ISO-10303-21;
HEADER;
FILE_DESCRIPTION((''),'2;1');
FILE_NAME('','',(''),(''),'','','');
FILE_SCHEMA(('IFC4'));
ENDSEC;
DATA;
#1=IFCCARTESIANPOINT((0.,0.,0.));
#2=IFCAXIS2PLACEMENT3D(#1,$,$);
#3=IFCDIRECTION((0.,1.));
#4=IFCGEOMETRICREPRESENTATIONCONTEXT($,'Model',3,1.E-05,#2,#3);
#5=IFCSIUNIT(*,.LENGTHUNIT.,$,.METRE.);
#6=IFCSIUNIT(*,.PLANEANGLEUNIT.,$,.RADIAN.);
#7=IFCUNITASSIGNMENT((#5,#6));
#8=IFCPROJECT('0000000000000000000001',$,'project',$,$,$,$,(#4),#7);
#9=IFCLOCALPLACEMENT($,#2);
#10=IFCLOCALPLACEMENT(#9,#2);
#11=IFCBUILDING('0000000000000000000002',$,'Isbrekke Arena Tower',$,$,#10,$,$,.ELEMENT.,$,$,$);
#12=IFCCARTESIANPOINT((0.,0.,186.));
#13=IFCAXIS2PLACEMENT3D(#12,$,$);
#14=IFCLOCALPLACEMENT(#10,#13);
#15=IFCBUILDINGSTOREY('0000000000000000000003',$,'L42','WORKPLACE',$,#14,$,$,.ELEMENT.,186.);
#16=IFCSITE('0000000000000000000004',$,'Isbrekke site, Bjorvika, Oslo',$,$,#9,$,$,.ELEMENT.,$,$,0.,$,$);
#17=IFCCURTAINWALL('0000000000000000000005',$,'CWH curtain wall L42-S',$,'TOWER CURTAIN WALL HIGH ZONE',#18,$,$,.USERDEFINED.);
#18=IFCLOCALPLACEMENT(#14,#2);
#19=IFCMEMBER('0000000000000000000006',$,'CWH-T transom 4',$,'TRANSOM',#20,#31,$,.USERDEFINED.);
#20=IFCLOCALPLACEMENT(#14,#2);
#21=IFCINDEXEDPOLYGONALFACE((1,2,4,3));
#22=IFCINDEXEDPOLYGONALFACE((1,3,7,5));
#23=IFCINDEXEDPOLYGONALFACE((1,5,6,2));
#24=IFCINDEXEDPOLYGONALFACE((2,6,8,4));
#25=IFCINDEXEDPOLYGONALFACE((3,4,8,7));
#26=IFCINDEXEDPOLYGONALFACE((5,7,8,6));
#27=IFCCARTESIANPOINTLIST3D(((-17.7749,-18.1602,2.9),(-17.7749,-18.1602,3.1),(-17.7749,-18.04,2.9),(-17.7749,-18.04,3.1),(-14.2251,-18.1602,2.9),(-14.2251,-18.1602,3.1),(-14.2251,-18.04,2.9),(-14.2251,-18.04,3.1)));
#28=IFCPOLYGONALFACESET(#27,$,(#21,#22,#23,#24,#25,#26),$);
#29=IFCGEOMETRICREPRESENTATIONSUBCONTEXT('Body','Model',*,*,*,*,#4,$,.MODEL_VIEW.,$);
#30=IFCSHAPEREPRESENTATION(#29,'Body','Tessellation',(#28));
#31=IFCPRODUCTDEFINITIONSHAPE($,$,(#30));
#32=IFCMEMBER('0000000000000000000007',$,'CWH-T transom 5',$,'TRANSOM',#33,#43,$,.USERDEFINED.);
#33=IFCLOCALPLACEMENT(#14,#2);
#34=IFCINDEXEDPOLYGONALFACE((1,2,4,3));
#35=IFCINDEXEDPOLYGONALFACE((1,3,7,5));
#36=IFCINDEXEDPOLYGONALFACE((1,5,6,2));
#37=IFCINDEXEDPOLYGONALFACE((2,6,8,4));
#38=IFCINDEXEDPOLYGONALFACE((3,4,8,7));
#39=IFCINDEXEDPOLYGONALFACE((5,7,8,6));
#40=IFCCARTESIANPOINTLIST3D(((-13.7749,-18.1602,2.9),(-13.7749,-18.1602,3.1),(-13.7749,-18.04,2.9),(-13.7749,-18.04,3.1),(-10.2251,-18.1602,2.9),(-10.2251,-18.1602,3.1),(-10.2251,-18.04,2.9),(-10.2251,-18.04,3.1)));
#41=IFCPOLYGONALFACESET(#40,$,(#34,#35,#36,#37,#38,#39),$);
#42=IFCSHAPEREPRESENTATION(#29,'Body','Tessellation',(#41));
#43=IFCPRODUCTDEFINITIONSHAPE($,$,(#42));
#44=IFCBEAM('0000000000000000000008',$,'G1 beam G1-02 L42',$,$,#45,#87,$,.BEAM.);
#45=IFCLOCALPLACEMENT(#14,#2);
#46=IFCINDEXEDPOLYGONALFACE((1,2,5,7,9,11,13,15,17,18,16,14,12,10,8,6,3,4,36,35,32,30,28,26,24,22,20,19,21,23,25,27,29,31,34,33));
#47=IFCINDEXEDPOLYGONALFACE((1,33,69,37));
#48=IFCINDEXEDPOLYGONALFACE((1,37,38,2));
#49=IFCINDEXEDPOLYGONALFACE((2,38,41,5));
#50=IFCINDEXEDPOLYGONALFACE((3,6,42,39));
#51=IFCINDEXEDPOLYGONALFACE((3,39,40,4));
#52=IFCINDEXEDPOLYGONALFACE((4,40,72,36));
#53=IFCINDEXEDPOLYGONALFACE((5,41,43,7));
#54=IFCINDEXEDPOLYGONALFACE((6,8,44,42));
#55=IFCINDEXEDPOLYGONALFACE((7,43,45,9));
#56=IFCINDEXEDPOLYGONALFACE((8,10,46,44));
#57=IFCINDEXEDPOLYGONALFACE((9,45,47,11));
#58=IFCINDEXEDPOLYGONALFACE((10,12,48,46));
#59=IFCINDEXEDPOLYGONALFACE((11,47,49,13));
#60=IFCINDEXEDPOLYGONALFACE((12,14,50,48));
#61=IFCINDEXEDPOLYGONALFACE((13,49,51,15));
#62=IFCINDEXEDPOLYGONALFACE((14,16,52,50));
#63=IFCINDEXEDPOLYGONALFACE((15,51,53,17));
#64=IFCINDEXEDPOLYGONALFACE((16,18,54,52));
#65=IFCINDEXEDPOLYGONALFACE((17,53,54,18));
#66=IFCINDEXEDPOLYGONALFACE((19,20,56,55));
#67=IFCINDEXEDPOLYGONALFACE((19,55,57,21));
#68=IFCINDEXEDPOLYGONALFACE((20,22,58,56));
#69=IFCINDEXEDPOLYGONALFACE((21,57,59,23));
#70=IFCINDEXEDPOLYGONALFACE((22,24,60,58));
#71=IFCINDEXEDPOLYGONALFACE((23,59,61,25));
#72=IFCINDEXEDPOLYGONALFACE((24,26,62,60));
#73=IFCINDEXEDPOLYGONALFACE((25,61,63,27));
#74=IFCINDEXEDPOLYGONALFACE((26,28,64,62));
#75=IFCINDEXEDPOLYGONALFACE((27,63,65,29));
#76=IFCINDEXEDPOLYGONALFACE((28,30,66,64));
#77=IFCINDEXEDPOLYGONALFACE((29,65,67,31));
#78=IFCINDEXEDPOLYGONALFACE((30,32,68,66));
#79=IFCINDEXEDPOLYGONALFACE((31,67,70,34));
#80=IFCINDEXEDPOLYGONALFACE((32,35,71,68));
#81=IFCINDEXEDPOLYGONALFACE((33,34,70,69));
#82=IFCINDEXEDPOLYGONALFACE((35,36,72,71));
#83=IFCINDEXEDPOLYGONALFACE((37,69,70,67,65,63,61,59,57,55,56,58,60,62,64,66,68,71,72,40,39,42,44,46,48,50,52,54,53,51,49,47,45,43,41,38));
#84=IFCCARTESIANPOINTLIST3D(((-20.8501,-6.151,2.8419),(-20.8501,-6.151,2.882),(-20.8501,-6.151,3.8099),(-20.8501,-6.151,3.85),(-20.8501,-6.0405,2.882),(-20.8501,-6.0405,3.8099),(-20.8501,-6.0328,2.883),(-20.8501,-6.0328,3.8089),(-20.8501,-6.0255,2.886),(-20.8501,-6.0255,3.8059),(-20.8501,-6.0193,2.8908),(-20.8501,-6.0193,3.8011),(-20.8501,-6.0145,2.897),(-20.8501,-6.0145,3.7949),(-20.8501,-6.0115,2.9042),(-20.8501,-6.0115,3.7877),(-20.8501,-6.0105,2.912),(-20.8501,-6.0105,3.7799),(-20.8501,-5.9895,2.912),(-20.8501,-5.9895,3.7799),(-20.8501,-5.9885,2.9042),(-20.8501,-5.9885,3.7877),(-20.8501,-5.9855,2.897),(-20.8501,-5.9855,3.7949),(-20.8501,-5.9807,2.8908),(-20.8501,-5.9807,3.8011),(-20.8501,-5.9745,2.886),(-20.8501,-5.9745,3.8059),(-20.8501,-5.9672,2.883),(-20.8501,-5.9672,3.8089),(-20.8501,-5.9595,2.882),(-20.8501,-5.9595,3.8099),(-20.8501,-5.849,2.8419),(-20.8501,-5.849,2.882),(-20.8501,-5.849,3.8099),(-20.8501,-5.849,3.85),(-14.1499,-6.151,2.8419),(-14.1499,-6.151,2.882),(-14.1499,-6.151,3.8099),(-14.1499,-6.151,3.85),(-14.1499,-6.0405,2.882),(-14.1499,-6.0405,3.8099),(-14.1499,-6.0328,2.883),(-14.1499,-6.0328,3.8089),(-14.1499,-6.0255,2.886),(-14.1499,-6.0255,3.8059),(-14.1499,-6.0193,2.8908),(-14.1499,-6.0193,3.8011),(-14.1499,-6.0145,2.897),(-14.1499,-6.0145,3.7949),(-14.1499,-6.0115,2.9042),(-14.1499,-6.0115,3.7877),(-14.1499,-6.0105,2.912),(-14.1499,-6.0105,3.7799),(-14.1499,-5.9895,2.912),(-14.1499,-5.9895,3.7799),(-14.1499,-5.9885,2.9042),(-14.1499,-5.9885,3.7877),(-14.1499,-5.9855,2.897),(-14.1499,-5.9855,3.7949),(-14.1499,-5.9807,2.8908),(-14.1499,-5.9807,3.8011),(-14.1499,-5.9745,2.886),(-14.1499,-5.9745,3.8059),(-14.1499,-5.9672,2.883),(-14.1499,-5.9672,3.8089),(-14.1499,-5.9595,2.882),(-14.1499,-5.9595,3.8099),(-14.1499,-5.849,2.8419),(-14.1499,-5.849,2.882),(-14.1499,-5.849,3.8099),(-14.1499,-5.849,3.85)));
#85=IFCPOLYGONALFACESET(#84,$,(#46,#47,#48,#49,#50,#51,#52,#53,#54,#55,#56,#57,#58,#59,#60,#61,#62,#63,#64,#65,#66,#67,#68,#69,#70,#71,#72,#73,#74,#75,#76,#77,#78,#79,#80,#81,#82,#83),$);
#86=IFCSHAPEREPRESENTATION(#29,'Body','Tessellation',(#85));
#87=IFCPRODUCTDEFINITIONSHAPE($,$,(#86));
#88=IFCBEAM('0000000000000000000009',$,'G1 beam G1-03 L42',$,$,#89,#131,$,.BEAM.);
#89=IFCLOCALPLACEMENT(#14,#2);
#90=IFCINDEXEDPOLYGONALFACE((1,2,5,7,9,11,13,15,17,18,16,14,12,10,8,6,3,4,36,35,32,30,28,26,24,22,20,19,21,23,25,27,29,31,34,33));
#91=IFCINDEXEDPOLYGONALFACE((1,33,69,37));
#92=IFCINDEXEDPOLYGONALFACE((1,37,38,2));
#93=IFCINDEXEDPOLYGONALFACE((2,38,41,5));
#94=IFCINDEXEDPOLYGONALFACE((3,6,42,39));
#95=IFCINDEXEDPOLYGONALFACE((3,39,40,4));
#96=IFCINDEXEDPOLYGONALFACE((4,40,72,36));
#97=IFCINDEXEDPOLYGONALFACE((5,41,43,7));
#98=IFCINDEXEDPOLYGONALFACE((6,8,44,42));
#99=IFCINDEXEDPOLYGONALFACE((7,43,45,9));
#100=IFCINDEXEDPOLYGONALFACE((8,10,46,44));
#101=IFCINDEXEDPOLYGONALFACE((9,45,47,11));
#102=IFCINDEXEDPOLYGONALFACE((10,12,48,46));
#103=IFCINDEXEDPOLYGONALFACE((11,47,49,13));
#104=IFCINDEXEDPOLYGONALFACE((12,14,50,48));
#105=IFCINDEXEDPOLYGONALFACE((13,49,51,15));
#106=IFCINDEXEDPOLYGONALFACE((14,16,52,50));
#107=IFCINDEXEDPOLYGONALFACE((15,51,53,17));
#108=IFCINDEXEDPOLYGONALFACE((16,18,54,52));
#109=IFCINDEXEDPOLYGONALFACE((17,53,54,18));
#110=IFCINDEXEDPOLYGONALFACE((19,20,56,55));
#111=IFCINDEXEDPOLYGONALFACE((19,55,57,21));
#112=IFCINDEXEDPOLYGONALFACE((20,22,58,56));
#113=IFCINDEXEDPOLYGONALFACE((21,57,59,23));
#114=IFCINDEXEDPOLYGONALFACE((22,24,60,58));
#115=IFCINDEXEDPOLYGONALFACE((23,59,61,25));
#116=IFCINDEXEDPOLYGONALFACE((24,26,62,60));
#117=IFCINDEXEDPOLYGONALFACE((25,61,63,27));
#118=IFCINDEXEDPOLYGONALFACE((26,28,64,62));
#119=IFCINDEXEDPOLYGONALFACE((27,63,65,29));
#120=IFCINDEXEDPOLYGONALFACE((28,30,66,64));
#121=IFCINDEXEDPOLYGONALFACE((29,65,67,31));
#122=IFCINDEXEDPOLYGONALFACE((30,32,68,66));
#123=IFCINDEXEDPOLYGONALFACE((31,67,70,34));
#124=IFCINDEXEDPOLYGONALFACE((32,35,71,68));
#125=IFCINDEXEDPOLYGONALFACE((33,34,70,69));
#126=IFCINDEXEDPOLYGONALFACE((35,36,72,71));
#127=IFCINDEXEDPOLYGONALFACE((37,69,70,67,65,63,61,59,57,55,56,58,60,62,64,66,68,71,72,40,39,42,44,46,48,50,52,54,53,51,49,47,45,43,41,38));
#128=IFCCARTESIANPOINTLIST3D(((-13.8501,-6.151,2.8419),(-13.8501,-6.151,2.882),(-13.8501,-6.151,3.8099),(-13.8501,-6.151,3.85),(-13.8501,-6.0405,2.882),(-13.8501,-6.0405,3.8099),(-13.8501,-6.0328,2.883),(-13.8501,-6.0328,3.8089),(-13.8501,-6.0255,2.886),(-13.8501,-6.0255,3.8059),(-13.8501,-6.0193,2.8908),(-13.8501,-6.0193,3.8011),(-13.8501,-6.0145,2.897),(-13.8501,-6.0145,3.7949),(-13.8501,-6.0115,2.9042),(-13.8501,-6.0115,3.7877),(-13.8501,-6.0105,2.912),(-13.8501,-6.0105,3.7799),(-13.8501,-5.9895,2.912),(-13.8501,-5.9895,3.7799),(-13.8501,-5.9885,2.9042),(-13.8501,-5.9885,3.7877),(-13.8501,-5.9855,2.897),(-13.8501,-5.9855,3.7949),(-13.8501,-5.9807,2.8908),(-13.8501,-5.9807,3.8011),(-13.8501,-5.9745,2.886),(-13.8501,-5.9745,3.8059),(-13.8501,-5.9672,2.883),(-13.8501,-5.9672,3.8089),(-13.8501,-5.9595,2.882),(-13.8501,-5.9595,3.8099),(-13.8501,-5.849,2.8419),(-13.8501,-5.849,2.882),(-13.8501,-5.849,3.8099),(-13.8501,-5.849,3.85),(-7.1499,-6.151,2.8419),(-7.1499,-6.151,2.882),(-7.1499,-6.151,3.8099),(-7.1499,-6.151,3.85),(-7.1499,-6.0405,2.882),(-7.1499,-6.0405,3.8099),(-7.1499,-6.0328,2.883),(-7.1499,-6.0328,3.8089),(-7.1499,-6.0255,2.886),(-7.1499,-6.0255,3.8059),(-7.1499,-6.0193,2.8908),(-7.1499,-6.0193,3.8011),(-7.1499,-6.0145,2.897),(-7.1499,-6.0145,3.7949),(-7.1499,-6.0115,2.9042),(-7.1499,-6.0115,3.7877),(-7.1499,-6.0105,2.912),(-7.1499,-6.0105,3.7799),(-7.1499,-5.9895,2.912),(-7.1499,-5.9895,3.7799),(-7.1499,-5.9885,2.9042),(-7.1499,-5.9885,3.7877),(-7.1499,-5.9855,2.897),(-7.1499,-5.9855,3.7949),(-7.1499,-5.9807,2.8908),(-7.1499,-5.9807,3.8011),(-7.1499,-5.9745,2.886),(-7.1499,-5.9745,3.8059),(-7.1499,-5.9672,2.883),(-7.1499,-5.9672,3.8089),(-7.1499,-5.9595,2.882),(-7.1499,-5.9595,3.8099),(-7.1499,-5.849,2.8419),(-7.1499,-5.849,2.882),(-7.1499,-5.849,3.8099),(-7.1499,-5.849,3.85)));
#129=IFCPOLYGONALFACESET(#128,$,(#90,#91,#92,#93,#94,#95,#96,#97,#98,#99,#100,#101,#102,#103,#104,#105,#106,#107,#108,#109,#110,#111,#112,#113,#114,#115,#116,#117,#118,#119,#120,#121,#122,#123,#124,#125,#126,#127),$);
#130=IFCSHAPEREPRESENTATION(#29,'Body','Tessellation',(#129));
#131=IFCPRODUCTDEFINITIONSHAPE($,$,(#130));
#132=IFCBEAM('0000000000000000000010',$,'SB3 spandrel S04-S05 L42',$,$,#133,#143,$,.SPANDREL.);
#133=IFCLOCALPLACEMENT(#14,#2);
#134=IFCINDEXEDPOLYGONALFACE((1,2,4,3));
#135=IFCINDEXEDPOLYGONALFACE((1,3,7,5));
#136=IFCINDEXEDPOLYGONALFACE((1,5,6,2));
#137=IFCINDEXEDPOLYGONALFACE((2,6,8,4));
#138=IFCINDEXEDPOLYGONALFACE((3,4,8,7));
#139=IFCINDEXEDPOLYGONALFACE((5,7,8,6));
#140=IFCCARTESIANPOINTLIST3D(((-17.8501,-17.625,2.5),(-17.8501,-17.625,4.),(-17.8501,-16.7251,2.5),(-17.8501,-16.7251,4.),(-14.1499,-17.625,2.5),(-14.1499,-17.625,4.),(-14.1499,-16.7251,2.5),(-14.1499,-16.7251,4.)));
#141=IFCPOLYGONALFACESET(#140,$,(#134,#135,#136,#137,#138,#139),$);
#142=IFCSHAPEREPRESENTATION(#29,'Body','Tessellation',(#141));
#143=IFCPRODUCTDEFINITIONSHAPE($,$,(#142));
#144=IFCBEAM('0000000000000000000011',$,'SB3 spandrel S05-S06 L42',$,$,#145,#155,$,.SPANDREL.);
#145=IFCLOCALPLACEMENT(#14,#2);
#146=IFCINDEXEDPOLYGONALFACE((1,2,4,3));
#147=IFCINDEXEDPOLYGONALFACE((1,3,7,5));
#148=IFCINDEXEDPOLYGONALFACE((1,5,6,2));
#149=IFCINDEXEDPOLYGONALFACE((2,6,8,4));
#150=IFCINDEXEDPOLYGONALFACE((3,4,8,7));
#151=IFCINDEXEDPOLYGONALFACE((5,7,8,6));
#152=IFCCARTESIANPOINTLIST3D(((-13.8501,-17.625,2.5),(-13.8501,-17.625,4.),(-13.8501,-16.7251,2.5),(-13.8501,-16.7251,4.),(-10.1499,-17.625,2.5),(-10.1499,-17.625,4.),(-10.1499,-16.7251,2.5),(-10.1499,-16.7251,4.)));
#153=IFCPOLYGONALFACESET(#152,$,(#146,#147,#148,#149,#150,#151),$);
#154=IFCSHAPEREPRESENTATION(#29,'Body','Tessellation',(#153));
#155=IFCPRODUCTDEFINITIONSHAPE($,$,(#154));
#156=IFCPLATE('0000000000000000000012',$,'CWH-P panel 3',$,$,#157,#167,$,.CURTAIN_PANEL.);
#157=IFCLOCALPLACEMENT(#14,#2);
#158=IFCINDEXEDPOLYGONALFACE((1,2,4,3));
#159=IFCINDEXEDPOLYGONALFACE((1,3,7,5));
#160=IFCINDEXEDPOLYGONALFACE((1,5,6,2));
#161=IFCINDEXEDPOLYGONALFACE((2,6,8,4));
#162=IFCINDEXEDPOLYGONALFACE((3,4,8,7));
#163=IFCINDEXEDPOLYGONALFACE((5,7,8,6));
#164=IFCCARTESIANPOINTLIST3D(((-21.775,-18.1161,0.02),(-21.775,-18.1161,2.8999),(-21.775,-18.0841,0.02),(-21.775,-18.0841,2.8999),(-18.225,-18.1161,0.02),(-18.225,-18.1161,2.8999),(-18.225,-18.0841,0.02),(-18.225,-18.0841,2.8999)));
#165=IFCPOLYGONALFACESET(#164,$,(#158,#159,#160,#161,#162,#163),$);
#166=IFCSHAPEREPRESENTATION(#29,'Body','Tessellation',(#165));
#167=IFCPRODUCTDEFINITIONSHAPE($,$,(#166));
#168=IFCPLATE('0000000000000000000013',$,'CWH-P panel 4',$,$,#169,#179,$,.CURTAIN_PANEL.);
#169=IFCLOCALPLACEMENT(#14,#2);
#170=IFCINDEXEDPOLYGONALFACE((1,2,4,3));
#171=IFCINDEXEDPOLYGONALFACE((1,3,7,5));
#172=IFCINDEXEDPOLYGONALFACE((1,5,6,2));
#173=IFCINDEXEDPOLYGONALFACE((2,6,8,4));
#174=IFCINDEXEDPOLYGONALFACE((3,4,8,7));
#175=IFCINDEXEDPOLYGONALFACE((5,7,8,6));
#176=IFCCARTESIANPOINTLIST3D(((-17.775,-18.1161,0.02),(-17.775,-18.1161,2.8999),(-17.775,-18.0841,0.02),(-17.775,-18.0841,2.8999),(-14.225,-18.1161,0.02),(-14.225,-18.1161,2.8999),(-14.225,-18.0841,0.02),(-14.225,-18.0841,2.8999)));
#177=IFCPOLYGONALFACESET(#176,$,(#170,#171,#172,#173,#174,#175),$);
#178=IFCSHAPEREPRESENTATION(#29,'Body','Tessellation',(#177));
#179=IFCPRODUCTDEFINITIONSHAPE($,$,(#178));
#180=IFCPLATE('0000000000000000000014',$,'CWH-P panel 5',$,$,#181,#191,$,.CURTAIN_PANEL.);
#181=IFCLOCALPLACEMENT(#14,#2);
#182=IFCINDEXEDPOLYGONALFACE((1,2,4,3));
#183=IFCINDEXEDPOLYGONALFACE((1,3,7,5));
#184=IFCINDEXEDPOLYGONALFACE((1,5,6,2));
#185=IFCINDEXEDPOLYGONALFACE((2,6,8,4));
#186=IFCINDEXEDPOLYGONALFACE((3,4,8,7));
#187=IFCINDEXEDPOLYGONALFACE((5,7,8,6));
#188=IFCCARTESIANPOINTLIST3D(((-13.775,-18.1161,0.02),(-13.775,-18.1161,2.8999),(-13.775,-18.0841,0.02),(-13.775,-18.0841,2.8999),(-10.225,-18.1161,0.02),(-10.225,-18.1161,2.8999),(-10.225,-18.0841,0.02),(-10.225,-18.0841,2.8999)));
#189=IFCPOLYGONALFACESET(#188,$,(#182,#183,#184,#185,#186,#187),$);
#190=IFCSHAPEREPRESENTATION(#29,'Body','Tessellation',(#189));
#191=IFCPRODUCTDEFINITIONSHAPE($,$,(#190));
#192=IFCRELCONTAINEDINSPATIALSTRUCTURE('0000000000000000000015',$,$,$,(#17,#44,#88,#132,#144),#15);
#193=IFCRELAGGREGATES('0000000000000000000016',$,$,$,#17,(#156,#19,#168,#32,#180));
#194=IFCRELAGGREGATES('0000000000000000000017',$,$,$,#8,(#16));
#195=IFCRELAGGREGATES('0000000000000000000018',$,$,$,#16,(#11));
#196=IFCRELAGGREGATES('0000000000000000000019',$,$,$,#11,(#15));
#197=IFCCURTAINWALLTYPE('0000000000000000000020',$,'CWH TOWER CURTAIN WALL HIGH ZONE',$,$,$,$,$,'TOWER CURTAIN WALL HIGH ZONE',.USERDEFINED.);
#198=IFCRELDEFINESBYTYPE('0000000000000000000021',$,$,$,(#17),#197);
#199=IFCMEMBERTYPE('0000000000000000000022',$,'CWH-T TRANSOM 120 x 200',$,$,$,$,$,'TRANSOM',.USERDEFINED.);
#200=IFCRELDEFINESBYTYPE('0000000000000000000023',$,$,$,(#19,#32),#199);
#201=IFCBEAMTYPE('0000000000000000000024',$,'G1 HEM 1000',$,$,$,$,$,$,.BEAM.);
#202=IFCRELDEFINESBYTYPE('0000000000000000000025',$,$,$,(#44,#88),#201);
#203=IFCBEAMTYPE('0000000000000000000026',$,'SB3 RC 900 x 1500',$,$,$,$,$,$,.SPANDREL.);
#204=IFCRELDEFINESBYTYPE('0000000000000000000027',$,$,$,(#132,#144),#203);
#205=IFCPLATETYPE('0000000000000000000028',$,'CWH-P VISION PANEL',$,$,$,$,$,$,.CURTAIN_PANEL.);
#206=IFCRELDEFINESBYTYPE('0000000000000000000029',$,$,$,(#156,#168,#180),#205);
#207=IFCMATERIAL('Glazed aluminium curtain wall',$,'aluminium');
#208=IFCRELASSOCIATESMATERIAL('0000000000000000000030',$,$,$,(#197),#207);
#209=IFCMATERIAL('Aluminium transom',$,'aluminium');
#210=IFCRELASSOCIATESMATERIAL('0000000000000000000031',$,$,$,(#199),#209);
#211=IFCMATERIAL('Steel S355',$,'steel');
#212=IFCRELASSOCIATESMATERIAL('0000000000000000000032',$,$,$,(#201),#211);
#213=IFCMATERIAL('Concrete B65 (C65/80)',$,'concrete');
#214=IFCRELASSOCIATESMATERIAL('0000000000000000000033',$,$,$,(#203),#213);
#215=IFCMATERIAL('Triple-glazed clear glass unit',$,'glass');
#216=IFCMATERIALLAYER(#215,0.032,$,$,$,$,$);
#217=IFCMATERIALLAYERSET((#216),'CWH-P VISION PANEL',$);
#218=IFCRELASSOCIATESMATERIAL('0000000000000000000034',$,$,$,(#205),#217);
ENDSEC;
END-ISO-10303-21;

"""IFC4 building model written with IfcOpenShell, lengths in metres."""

from ifc_helpers import new_model, si_unit, direction, frame, origin, origin_2d, place, context, subcontext, project, spatial, rectangle, i_section, extrude, material, layer, layer_set, material_profile, profile_set, type_object, element, aggregate, save


model = new_model("IFC4")

# Units and contexts
model_context = context("Model", 3, precision=1e-05, world=origin(), true_north=direction((0.0, 1.0)))
body_context = subcontext(model_context, "Body", "Model", "MODEL_VIEW")
ifc_project = project(units=[si_unit("LENGTHUNIT", "METRE"), si_unit("PLANEANGLEUNIT", "RADIAN")], contexts=[model_context])

# Site, building, storey
site_placement = place(None, origin())
site = spatial("IfcSite", under=ifc_project, at=site_placement, Name="Isbrekke site, Bjorvika, Oslo", CompositionType="ELEMENT", RefElevation=0.0)
building_placement = place(site_placement, origin())
building = spatial("IfcBuilding", under=site, at=building_placement, Name="Isbrekke Arena Tower", CompositionType="ELEMENT")
storey_placement = place(building_placement, frame((0.0, 0.0, 186.0)))
storey = spatial("IfcBuildingStorey", under=building, at=storey_placement, Name="L42", Description="WORKPLACE", CompositionType="ELEMENT", Elevation=186.0)

# Curtain wall, members
ifc_material_1 = material(Name="Glazed aluminium curtain wall", Category="aluminium")
curtain_wall_type = type_object("IfcCurtainWallType", Name="CWH TOWER CURTAIN WALL HIGH ZONE", ElementType="TOWER CURTAIN WALL HIGH ZONE", PredefinedType="USERDEFINED", material=ifc_material_1)
curtain_wall_placement = place(storey_placement, origin())
curtain_wall = element("IfcCurtainWall", 1, at=curtain_wall_placement, inside=storey, type_object=curtain_wall_type, Name="CWH curtain wall L42-S", ObjectType="TOWER CURTAIN WALL HIGH ZONE", PredefinedType="USERDEFINED")
ifc_material_2 = material(Name="Aluminium transom", Category="aluminium")
ifc_material_profile_1 = material_profile(ifc_material_2, rectangle(XDim=0.1201, YDim=0.2, at=origin_2d()), Name="TRANSOM 120X200")
ifc_profile_set_1 = profile_set([ifc_material_profile_1], Name="Aluminium transom")
member_type_1 = type_object("IfcMemberType", Name="CWH-T TRANSOM 120 x 200", ElementType="TRANSOM", PredefinedType="USERDEFINED", material=ifc_profile_set_1)
member_1_placement = place(storey_placement, frame((-17.7749, -18.1001, 3.0), z_axis=(1.0, 0.0, 0.0), x_axis=(0.0, 1.0, 0.0)))
member_1 = element("IfcMember", 2, at=member_1_placement, type_object=member_type_1, Name="CWH-T transom 4", ObjectType="TRANSOM", PredefinedType="USERDEFINED", context=body_context, shape_type="SweptSolid", body=[
    extrude(rectangle(XDim=0.1201, YDim=0.2, at=origin_2d()), origin(), (0.0, 0.0, 1.0), 3.5498),
])
member_2_placement = place(storey_placement, frame((-13.7749, -18.1001, 3.0), z_axis=(1.0, 0.0, 0.0), x_axis=(0.0, 1.0, 0.0)))
member_2 = element("IfcMember", 3, at=member_2_placement, type_object=member_type_1, Name="CWH-T transom 5", ObjectType="TRANSOM", PredefinedType="USERDEFINED", context=body_context, shape_type="SweptSolid", body=[
    extrude(rectangle(XDim=0.1201, YDim=0.2, at=origin_2d()), origin(), (0.0, 0.0, 1.0), 3.5498),
])

# Beams
ifc_material_3 = material(Name="Steel S355", Category="steel")
ifc_material_profile_2 = material_profile(ifc_material_3, i_section(OverallWidth=0.302, OverallDepth=1.0081, WebThickness=0.021, FlangeThickness=0.04, FilletRadius=0.03, at=origin_2d()), Name="HEM 1000")
ifc_profile_set_2 = profile_set([ifc_material_profile_2], Name="Steel S355")
beam_type_1 = type_object("IfcBeamType", Name="G1 HEM 1000", PredefinedType="BEAM", material=ifc_profile_set_2)
for number, where, z_axis, x_axis, name in (
    (4, (-20.8501, -6.0, 3.3459), (1.0, 0.0, 0.0), (0.0, 1.0, 0.0), "G1 beam G1-02 L42"),
    (5, (-13.8501, -6.0, 3.3459), (1.0, 0.0, 0.0), (0.0, 1.0, 0.0), "G1 beam G1-03 L42"),
):
    element("IfcBeam", number, at=place(storey_placement, frame(where, z_axis=z_axis, x_axis=x_axis)), inside=storey, type_object=beam_type_1, Name=name, PredefinedType="BEAM", context=body_context, shape_type="SweptSolid", body=[
        extrude(i_section(OverallWidth=0.302, OverallDepth=1.0081, WebThickness=0.021, FlangeThickness=0.04, FilletRadius=0.03, at=origin_2d()), origin(), (0.0, 0.0, 1.0), 6.7002),
    ])
ifc_material_4 = material(Name="Concrete B65 (C65/80)", Category="concrete")
ifc_material_profile_3 = material_profile(ifc_material_4, rectangle(XDim=0.8999, YDim=1.5, at=origin_2d()), Name="RC 900x1500")
ifc_profile_set_3 = profile_set([ifc_material_profile_3], Name="Concrete B65 (C65/80)")
beam_type_2 = type_object("IfcBeamType", Name="SB3 RC 900 x 1500", PredefinedType="SPANDREL", material=ifc_profile_set_3)
for number, where, z_axis, x_axis, name in (
    (6, (-17.8501, -17.175, 3.25), (1.0, 0.0, 0.0), (0.0, 1.0, 0.0), "SB3 spandrel S04-S05 L42"),
    (7, (-13.8501, -17.175, 3.25), (1.0, 0.0, 0.0), (0.0, 1.0, 0.0), "SB3 spandrel S05-S06 L42"),
):
    element("IfcBeam", number, at=place(storey_placement, frame(where, z_axis=z_axis, x_axis=x_axis)), inside=storey, type_object=beam_type_2, Name=name, PredefinedType="SPANDREL", context=body_context, shape_type="SweptSolid", body=[
        extrude(rectangle(XDim=0.8999, YDim=1.5, at=origin_2d()), origin(), (0.0, 0.0, 1.0), 3.7002),
    ])

# Plates
ifc_material_5 = material(Name="Triple-glazed clear glass unit", Category="glass")
ifc_layer_1 = layer(ifc_material_5, 0.032)
ifc_layer_set_1 = layer_set([ifc_layer_1], Name="CWH-P VISION PANEL")
plate_type = type_object("IfcPlateType", Name="CWH-P VISION PANEL", PredefinedType="CURTAIN_PANEL", material=ifc_layer_set_1)
plate_1_placement = place(storey_placement, frame((-20.0, -18.1001, 0.02), z_axis=(0.0, 0.0, 1.0), x_axis=(1.0, 0.0, 0.0)))
plate_1 = element("IfcPlate", 8, at=plate_1_placement, type_object=plate_type, Name="CWH-P panel 3", PredefinedType="CURTAIN_PANEL", context=body_context, shape_type="SweptSolid", body=[
    extrude(rectangle(XDim=3.55, YDim=0.032, at=origin_2d()), origin(), (0.0, 0.0, 1.0), 2.8799),
])
plate_2_placement = place(storey_placement, frame((-16.0, -18.1001, 0.02), z_axis=(0.0, 0.0, 1.0), x_axis=(1.0, 0.0, 0.0)))
plate_2 = element("IfcPlate", 9, at=plate_2_placement, type_object=plate_type, Name="CWH-P panel 4", PredefinedType="CURTAIN_PANEL", context=body_context, shape_type="SweptSolid", body=[
    extrude(rectangle(XDim=3.55, YDim=0.032, at=origin_2d()), origin(), (0.0, 0.0, 1.0), 2.8799),
])
plate_3_placement = place(storey_placement, frame((-12.0, -18.1001, 0.02), z_axis=(0.0, 0.0, 1.0), x_axis=(1.0, 0.0, 0.0)))
plate_3 = element("IfcPlate", 10, at=plate_3_placement, type_object=plate_type, Name="CWH-P panel 5", PredefinedType="CURTAIN_PANEL", context=body_context, shape_type="SweptSolid", body=[
    extrude(rectangle(XDim=3.55, YDim=0.032, at=origin_2d()), origin(), (0.0, 0.0, 1.0), 2.8799),
])
aggregate(curtain_wall, [plate_1, member_1, plate_2, member_2, plate_3])

save(model, "model.ifc")
